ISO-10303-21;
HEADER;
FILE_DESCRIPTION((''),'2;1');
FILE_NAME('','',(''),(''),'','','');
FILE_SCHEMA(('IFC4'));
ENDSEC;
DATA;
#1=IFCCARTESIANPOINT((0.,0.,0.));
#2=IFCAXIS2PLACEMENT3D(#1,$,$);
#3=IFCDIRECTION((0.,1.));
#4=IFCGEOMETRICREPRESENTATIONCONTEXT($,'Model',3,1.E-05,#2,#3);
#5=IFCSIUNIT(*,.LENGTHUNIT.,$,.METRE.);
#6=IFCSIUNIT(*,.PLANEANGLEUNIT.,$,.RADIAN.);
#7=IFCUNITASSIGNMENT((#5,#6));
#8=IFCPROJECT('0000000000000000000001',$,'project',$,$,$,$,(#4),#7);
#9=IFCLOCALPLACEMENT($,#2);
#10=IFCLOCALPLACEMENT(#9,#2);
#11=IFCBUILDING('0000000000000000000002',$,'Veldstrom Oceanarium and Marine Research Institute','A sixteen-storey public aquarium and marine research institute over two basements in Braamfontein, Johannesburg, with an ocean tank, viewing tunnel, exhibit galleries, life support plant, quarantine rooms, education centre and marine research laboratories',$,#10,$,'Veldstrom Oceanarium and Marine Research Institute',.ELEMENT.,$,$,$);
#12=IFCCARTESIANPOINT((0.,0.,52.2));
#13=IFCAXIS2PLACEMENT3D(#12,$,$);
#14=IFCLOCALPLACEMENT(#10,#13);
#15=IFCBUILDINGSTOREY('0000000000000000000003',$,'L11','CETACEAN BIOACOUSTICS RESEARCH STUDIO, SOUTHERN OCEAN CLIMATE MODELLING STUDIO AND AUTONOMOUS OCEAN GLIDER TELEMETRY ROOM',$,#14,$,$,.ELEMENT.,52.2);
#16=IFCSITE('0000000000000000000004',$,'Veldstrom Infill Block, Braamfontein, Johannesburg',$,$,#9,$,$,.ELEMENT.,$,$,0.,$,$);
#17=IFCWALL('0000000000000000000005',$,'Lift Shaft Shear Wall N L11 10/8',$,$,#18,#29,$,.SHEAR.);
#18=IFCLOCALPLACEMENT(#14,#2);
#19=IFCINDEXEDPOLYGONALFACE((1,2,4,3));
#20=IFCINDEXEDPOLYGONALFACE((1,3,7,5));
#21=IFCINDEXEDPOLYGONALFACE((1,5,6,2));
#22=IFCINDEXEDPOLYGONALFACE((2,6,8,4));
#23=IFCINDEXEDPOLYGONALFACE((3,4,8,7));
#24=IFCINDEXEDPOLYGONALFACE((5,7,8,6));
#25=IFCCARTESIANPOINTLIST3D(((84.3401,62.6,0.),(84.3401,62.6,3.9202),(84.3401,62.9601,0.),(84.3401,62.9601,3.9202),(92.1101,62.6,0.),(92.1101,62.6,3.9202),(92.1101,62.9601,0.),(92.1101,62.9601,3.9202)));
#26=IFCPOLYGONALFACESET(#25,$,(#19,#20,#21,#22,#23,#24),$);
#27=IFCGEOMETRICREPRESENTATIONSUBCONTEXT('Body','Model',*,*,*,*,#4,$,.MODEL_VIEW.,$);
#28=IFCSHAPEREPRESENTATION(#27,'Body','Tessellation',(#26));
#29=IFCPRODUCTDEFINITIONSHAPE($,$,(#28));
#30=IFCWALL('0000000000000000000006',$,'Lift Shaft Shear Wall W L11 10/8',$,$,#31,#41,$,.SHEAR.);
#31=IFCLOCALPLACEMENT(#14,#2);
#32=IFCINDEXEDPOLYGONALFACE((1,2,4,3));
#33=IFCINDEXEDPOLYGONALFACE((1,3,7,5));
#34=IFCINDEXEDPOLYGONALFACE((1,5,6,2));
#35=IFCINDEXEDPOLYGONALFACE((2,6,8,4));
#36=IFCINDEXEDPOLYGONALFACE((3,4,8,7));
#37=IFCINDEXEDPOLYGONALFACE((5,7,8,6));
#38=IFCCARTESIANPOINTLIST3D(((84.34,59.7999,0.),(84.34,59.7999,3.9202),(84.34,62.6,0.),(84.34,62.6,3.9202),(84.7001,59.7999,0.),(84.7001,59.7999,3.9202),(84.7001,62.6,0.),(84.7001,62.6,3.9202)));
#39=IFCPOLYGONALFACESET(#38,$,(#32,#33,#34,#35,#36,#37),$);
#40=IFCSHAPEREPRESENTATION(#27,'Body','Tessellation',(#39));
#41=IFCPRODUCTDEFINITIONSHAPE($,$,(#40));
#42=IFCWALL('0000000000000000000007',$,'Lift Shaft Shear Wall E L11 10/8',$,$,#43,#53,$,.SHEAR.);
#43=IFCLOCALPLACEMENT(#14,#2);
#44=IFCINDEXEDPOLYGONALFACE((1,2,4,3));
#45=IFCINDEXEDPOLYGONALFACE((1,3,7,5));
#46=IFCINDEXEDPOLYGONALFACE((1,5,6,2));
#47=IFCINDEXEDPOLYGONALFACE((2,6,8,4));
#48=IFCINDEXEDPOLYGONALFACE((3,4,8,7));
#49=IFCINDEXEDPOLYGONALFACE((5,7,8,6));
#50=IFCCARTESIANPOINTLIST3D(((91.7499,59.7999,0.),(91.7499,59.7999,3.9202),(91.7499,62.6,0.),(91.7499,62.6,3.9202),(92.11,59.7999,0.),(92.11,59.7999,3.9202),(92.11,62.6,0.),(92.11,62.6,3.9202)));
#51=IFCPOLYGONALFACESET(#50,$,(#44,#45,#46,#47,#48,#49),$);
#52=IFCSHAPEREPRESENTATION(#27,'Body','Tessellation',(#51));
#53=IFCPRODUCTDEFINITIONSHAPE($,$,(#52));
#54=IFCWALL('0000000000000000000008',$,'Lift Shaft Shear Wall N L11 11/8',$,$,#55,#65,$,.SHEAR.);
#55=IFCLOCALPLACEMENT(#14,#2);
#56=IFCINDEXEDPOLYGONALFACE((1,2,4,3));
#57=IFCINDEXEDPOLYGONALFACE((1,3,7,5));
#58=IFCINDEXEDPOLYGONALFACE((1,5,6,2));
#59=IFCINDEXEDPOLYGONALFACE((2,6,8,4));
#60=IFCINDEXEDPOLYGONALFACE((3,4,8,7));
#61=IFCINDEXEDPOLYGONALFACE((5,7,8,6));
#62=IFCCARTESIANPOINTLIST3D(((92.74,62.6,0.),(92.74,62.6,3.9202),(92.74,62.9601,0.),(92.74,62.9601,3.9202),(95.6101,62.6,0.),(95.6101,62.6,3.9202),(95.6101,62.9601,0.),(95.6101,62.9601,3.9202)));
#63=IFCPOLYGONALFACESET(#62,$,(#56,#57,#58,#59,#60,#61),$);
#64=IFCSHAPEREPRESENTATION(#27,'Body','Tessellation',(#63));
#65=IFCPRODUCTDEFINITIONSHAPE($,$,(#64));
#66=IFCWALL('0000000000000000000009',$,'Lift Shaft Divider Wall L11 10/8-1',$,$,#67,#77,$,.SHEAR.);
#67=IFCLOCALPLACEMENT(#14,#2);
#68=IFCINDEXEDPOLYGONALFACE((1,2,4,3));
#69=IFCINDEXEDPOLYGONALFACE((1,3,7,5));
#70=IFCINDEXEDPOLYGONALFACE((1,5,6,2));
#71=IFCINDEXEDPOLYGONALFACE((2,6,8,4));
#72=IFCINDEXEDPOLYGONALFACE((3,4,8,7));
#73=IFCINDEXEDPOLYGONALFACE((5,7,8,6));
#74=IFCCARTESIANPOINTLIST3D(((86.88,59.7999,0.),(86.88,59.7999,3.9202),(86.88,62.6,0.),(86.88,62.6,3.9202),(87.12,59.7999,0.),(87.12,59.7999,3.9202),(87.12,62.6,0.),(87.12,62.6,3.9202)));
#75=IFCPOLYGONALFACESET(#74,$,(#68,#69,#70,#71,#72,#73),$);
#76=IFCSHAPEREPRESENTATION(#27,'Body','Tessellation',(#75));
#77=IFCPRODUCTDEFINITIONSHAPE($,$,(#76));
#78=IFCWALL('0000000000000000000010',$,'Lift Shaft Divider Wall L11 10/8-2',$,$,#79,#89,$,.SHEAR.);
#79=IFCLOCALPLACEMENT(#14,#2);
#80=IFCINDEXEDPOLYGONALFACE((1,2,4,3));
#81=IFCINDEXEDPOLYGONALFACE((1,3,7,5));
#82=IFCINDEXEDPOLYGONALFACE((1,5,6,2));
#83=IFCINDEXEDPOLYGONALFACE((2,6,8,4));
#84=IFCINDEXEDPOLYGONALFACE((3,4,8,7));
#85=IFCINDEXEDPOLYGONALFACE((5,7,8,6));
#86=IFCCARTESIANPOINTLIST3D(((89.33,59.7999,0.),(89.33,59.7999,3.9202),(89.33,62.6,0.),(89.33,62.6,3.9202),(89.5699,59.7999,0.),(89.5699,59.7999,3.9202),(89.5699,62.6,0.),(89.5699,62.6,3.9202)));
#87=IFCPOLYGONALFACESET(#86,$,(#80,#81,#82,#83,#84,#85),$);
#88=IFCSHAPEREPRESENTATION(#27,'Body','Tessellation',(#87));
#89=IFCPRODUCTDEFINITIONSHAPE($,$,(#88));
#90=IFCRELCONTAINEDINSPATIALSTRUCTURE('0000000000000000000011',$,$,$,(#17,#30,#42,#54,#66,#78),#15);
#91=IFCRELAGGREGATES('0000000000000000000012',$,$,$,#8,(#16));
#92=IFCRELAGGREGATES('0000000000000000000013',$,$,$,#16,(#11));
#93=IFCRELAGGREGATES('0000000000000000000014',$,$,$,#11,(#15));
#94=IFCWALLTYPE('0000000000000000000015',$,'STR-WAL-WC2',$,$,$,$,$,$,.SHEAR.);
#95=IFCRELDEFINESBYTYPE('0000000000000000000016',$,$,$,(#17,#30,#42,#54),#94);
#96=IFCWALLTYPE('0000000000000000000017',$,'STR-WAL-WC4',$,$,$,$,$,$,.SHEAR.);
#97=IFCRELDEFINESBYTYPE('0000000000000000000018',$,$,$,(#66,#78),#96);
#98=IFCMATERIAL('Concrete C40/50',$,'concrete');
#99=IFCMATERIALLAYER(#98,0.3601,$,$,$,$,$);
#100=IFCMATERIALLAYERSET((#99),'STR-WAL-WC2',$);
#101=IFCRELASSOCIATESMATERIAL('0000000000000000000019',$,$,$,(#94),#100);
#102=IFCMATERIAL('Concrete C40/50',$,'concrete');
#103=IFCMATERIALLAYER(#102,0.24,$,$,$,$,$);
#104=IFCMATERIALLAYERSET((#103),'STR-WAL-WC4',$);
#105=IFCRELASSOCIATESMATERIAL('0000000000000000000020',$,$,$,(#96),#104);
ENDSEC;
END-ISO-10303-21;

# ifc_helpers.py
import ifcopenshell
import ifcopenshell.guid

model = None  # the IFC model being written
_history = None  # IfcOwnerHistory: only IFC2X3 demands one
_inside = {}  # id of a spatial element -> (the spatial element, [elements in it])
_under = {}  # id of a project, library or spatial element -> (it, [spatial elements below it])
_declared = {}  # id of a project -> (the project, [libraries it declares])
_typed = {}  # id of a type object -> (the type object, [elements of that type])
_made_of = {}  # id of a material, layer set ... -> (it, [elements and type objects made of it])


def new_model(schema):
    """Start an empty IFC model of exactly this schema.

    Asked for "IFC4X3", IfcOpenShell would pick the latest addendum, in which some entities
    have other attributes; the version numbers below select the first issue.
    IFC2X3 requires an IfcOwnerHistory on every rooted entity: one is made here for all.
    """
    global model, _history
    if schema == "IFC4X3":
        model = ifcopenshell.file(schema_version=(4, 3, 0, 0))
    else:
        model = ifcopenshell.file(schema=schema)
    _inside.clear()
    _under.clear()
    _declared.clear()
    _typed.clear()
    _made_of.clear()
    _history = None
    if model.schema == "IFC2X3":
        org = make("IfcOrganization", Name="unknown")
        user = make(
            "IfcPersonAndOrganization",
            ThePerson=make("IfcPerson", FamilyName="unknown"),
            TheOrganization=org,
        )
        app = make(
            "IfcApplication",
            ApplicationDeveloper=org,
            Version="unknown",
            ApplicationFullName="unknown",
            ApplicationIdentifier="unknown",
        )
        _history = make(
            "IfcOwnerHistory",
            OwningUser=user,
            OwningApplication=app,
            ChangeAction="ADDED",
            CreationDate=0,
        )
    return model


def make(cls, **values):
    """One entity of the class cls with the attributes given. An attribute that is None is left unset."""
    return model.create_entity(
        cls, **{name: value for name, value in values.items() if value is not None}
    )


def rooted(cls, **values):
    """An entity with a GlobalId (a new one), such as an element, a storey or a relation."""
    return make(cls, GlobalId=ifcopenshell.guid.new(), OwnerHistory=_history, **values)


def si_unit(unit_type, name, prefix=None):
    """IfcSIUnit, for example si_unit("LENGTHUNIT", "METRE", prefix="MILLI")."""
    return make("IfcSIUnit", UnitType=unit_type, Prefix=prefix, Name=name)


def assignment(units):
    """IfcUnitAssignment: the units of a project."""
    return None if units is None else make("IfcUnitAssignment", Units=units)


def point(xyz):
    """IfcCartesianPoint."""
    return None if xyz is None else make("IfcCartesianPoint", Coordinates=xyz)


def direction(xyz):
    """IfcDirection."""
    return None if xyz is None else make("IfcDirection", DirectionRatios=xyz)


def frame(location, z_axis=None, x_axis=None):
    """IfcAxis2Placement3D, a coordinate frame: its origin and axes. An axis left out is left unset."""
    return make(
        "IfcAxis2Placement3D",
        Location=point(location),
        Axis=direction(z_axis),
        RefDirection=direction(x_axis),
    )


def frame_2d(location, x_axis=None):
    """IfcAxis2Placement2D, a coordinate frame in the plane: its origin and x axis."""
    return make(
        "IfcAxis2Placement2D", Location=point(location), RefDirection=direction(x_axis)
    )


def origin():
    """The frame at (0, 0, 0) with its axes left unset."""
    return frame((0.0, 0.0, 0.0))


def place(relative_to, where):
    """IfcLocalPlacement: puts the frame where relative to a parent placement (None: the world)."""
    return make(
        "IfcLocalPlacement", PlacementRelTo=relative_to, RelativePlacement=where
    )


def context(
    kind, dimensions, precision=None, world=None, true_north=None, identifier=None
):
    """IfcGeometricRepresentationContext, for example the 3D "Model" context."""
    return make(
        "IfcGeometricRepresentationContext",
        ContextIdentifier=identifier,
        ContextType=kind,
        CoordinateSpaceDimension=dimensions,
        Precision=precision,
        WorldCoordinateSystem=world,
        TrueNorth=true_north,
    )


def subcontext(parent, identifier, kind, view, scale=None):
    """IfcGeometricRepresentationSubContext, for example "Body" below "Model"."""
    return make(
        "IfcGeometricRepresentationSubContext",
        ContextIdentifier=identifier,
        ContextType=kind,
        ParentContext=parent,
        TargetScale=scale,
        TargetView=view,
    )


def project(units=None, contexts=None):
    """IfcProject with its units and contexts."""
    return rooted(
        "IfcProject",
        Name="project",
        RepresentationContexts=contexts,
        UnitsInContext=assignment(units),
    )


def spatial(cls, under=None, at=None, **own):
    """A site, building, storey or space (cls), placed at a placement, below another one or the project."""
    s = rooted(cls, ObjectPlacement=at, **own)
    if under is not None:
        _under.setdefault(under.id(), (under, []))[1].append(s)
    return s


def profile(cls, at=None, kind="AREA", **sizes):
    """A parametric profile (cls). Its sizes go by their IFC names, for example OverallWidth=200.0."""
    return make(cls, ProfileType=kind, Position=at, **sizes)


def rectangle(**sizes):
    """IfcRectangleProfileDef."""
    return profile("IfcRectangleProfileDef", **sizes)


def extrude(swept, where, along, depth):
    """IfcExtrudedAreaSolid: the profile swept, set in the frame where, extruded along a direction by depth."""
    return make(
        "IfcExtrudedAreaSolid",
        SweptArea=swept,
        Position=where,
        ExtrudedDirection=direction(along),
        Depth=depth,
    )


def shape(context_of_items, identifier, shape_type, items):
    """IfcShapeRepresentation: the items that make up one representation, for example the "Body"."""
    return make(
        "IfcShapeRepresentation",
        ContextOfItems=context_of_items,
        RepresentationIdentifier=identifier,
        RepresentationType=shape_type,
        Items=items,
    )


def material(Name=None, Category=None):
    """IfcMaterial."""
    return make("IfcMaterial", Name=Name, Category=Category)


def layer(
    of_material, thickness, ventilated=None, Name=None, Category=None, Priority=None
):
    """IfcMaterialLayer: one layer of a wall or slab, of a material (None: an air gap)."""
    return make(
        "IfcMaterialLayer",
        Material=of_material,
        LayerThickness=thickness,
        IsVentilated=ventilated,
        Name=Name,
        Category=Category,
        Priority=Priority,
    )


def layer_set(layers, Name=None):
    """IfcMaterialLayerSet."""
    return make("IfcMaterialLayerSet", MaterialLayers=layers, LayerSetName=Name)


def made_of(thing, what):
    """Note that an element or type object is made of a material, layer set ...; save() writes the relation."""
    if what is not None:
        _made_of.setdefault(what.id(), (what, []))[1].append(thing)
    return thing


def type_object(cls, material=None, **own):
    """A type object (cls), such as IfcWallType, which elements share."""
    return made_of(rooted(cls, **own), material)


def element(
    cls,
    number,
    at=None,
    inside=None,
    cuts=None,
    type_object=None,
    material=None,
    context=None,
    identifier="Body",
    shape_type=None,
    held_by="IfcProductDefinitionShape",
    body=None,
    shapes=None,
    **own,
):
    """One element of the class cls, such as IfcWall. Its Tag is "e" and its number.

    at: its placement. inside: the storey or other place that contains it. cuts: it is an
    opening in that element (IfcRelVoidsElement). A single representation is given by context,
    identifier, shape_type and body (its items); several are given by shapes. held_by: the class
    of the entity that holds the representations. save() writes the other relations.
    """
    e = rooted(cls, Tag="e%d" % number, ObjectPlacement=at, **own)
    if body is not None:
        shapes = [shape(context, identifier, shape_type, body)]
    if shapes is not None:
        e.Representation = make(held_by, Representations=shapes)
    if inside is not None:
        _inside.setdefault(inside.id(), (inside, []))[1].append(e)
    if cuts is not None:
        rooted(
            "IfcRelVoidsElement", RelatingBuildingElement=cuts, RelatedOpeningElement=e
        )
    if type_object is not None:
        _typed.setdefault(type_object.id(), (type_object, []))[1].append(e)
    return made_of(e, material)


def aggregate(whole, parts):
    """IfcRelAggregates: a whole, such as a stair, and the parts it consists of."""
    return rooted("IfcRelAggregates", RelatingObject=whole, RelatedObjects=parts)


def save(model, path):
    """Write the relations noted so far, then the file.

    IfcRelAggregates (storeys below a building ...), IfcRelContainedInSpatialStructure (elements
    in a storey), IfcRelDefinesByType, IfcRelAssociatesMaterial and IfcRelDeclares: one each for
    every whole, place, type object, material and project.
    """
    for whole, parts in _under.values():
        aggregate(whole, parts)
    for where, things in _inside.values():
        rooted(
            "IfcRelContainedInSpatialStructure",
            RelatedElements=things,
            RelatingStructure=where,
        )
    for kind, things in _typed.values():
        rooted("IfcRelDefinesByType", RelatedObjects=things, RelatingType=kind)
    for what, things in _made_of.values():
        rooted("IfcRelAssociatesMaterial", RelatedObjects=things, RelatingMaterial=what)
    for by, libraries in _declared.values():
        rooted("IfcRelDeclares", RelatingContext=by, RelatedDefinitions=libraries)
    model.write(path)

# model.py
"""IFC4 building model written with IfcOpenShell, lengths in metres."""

from ifc_helpers import new_model, si_unit, direction, frame, frame_2d, origin, place, context, subcontext, project, spatial, rectangle, extrude, material, layer, layer_set, type_object, element, save


model = new_model("IFC4")

# Units and contexts
model_context = context("Model", 3, precision=1e-05, world=origin(), true_north=direction((0.0, 1.0)))
body_context = subcontext(model_context, "Body", "Model", "MODEL_VIEW")
ifc_project = project(units=[si_unit("LENGTHUNIT", "METRE"), si_unit("PLANEANGLEUNIT", "RADIAN")], contexts=[model_context])

# Site, building, storey
site_placement = place(None, origin())
site = spatial("IfcSite", under=ifc_project, at=site_placement, Name="Veldstrom Infill Block, Braamfontein, Johannesburg", CompositionType="ELEMENT", RefElevation=0.0)
building_placement = place(site_placement, origin())
building = spatial("IfcBuilding", under=site, at=building_placement, Name="Veldstrom Oceanarium and Marine Research Institute", Description="A sixteen-storey public aquarium and marine research institute over two basements in Braamfontein, Johannesburg, with an ocean tank, viewing tunnel, exhibit galleries, life support plant, quarantine rooms, education centre and marine research laboratories", LongName="Veldstrom Oceanarium and Marine Research Institute", CompositionType="ELEMENT")
storey_placement = place(building_placement, frame((0.0, 0.0, 52.2)))
storey = spatial("IfcBuildingStorey", under=building, at=storey_placement, Name="L11", Description="CETACEAN BIOACOUSTICS RESEARCH STUDIO, SOUTHERN OCEAN CLIMATE MODELLING STUDIO AND AUTONOMOUS OCEAN GLIDER TELEMETRY ROOM", CompositionType="ELEMENT", Elevation=52.2)

# Wall
ifc_material_1 = material(Name="Concrete C40/50", Category="concrete")
ifc_layer_1 = layer(ifc_material_1, 0.3601)
ifc_layer_set_1 = layer_set([ifc_layer_1], Name="STR-WAL-WC2")
wall_type_1 = type_object("IfcWallType", Name="STR-WAL-WC2", PredefinedType="SHEAR", material=ifc_layer_set_1)
wall_1_placement = place(storey_placement, frame((84.3401, 62.78, 0.0), z_axis=(0.0, 0.0, 1.0), x_axis=(1.0, 0.0, 0.0)))
element("IfcWall", 1, at=wall_1_placement, inside=storey, type_object=wall_type_1, Name="Lift Shaft Shear Wall N L11 10/8", PredefinedType="SHEAR", context=body_context, shape_type="SweptSolid", body=[
    extrude(rectangle(XDim=7.77, YDim=0.3601, at=frame_2d((3.885, 0.0))), origin(), (0.0, 0.0, 1.0), 3.9202),
])

# Walls
for number, where, z_axis, x_axis, name in (
    (2, (84.52, 59.8, 0.0), (0.0, 0.0, 1.0), (0.0, 1.0, 0.0), "Lift Shaft Shear Wall W L11 10/8"),
    (3, (91.9299, 59.8, 0.0), (0.0, 0.0, 1.0), (0.0, 1.0, 0.0), "Lift Shaft Shear Wall E L11 10/8"),
):
    element("IfcWall", number, at=place(storey_placement, frame(where, z_axis=z_axis, x_axis=x_axis)), inside=storey, type_object=wall_type_1, Name=name, PredefinedType="SHEAR", context=body_context, shape_type="SweptSolid", body=[
        extrude(rectangle(XDim=2.8, YDim=0.3601, at=frame_2d((1.3999, 0.0))), origin(), (0.0, 0.0, 1.0), 3.9202),
    ])
wall_2_placement = place(storey_placement, frame((92.74, 62.78, 0.0), z_axis=(0.0, 0.0, 1.0), x_axis=(1.0, 0.0, 0.0)))
element("IfcWall", 4, at=wall_2_placement, inside=storey, type_object=wall_type_1, Name="Lift Shaft Shear Wall N L11 11/8", PredefinedType="SHEAR", context=body_context, shape_type="SweptSolid", body=[
    extrude(rectangle(XDim=2.8701, YDim=0.3601, at=frame_2d((1.4351, 0.0))), origin(), (0.0, 0.0, 1.0), 3.9202),
])
ifc_material_2 = material(Name="Concrete C40/50", Category="concrete")
ifc_layer_2 = layer(ifc_material_2, 0.24)
ifc_layer_set_2 = layer_set([ifc_layer_2], Name="STR-WAL-WC4")
wall_type_2 = type_object("IfcWallType", Name="STR-WAL-WC4", PredefinedType="SHEAR", material=ifc_layer_set_2)
for number, where, z_axis, x_axis, name in (
    (5, (87.0, 59.8, 0.0), (0.0, 0.0, 1.0), (0.0, 1.0, 0.0), "Lift Shaft Divider Wall L11 10/8-1"),
    (6, (89.45, 59.8, 0.0), (0.0, 0.0, 1.0), (0.0, 1.0, 0.0), "Lift Shaft Divider Wall L11 10/8-2"),
):
    element("IfcWall", number, at=place(storey_placement, frame(where, z_axis=z_axis, x_axis=x_axis)), inside=storey, type_object=wall_type_2, Name=name, PredefinedType="SHEAR", context=body_context, shape_type="SweptSolid", body=[
        extrude(rectangle(XDim=2.8, YDim=0.24, at=frame_2d((1.3999, 0.0))), origin(), (0.0, 0.0, 1.0), 3.9202),
    ])

save(model, "model.ifc")
